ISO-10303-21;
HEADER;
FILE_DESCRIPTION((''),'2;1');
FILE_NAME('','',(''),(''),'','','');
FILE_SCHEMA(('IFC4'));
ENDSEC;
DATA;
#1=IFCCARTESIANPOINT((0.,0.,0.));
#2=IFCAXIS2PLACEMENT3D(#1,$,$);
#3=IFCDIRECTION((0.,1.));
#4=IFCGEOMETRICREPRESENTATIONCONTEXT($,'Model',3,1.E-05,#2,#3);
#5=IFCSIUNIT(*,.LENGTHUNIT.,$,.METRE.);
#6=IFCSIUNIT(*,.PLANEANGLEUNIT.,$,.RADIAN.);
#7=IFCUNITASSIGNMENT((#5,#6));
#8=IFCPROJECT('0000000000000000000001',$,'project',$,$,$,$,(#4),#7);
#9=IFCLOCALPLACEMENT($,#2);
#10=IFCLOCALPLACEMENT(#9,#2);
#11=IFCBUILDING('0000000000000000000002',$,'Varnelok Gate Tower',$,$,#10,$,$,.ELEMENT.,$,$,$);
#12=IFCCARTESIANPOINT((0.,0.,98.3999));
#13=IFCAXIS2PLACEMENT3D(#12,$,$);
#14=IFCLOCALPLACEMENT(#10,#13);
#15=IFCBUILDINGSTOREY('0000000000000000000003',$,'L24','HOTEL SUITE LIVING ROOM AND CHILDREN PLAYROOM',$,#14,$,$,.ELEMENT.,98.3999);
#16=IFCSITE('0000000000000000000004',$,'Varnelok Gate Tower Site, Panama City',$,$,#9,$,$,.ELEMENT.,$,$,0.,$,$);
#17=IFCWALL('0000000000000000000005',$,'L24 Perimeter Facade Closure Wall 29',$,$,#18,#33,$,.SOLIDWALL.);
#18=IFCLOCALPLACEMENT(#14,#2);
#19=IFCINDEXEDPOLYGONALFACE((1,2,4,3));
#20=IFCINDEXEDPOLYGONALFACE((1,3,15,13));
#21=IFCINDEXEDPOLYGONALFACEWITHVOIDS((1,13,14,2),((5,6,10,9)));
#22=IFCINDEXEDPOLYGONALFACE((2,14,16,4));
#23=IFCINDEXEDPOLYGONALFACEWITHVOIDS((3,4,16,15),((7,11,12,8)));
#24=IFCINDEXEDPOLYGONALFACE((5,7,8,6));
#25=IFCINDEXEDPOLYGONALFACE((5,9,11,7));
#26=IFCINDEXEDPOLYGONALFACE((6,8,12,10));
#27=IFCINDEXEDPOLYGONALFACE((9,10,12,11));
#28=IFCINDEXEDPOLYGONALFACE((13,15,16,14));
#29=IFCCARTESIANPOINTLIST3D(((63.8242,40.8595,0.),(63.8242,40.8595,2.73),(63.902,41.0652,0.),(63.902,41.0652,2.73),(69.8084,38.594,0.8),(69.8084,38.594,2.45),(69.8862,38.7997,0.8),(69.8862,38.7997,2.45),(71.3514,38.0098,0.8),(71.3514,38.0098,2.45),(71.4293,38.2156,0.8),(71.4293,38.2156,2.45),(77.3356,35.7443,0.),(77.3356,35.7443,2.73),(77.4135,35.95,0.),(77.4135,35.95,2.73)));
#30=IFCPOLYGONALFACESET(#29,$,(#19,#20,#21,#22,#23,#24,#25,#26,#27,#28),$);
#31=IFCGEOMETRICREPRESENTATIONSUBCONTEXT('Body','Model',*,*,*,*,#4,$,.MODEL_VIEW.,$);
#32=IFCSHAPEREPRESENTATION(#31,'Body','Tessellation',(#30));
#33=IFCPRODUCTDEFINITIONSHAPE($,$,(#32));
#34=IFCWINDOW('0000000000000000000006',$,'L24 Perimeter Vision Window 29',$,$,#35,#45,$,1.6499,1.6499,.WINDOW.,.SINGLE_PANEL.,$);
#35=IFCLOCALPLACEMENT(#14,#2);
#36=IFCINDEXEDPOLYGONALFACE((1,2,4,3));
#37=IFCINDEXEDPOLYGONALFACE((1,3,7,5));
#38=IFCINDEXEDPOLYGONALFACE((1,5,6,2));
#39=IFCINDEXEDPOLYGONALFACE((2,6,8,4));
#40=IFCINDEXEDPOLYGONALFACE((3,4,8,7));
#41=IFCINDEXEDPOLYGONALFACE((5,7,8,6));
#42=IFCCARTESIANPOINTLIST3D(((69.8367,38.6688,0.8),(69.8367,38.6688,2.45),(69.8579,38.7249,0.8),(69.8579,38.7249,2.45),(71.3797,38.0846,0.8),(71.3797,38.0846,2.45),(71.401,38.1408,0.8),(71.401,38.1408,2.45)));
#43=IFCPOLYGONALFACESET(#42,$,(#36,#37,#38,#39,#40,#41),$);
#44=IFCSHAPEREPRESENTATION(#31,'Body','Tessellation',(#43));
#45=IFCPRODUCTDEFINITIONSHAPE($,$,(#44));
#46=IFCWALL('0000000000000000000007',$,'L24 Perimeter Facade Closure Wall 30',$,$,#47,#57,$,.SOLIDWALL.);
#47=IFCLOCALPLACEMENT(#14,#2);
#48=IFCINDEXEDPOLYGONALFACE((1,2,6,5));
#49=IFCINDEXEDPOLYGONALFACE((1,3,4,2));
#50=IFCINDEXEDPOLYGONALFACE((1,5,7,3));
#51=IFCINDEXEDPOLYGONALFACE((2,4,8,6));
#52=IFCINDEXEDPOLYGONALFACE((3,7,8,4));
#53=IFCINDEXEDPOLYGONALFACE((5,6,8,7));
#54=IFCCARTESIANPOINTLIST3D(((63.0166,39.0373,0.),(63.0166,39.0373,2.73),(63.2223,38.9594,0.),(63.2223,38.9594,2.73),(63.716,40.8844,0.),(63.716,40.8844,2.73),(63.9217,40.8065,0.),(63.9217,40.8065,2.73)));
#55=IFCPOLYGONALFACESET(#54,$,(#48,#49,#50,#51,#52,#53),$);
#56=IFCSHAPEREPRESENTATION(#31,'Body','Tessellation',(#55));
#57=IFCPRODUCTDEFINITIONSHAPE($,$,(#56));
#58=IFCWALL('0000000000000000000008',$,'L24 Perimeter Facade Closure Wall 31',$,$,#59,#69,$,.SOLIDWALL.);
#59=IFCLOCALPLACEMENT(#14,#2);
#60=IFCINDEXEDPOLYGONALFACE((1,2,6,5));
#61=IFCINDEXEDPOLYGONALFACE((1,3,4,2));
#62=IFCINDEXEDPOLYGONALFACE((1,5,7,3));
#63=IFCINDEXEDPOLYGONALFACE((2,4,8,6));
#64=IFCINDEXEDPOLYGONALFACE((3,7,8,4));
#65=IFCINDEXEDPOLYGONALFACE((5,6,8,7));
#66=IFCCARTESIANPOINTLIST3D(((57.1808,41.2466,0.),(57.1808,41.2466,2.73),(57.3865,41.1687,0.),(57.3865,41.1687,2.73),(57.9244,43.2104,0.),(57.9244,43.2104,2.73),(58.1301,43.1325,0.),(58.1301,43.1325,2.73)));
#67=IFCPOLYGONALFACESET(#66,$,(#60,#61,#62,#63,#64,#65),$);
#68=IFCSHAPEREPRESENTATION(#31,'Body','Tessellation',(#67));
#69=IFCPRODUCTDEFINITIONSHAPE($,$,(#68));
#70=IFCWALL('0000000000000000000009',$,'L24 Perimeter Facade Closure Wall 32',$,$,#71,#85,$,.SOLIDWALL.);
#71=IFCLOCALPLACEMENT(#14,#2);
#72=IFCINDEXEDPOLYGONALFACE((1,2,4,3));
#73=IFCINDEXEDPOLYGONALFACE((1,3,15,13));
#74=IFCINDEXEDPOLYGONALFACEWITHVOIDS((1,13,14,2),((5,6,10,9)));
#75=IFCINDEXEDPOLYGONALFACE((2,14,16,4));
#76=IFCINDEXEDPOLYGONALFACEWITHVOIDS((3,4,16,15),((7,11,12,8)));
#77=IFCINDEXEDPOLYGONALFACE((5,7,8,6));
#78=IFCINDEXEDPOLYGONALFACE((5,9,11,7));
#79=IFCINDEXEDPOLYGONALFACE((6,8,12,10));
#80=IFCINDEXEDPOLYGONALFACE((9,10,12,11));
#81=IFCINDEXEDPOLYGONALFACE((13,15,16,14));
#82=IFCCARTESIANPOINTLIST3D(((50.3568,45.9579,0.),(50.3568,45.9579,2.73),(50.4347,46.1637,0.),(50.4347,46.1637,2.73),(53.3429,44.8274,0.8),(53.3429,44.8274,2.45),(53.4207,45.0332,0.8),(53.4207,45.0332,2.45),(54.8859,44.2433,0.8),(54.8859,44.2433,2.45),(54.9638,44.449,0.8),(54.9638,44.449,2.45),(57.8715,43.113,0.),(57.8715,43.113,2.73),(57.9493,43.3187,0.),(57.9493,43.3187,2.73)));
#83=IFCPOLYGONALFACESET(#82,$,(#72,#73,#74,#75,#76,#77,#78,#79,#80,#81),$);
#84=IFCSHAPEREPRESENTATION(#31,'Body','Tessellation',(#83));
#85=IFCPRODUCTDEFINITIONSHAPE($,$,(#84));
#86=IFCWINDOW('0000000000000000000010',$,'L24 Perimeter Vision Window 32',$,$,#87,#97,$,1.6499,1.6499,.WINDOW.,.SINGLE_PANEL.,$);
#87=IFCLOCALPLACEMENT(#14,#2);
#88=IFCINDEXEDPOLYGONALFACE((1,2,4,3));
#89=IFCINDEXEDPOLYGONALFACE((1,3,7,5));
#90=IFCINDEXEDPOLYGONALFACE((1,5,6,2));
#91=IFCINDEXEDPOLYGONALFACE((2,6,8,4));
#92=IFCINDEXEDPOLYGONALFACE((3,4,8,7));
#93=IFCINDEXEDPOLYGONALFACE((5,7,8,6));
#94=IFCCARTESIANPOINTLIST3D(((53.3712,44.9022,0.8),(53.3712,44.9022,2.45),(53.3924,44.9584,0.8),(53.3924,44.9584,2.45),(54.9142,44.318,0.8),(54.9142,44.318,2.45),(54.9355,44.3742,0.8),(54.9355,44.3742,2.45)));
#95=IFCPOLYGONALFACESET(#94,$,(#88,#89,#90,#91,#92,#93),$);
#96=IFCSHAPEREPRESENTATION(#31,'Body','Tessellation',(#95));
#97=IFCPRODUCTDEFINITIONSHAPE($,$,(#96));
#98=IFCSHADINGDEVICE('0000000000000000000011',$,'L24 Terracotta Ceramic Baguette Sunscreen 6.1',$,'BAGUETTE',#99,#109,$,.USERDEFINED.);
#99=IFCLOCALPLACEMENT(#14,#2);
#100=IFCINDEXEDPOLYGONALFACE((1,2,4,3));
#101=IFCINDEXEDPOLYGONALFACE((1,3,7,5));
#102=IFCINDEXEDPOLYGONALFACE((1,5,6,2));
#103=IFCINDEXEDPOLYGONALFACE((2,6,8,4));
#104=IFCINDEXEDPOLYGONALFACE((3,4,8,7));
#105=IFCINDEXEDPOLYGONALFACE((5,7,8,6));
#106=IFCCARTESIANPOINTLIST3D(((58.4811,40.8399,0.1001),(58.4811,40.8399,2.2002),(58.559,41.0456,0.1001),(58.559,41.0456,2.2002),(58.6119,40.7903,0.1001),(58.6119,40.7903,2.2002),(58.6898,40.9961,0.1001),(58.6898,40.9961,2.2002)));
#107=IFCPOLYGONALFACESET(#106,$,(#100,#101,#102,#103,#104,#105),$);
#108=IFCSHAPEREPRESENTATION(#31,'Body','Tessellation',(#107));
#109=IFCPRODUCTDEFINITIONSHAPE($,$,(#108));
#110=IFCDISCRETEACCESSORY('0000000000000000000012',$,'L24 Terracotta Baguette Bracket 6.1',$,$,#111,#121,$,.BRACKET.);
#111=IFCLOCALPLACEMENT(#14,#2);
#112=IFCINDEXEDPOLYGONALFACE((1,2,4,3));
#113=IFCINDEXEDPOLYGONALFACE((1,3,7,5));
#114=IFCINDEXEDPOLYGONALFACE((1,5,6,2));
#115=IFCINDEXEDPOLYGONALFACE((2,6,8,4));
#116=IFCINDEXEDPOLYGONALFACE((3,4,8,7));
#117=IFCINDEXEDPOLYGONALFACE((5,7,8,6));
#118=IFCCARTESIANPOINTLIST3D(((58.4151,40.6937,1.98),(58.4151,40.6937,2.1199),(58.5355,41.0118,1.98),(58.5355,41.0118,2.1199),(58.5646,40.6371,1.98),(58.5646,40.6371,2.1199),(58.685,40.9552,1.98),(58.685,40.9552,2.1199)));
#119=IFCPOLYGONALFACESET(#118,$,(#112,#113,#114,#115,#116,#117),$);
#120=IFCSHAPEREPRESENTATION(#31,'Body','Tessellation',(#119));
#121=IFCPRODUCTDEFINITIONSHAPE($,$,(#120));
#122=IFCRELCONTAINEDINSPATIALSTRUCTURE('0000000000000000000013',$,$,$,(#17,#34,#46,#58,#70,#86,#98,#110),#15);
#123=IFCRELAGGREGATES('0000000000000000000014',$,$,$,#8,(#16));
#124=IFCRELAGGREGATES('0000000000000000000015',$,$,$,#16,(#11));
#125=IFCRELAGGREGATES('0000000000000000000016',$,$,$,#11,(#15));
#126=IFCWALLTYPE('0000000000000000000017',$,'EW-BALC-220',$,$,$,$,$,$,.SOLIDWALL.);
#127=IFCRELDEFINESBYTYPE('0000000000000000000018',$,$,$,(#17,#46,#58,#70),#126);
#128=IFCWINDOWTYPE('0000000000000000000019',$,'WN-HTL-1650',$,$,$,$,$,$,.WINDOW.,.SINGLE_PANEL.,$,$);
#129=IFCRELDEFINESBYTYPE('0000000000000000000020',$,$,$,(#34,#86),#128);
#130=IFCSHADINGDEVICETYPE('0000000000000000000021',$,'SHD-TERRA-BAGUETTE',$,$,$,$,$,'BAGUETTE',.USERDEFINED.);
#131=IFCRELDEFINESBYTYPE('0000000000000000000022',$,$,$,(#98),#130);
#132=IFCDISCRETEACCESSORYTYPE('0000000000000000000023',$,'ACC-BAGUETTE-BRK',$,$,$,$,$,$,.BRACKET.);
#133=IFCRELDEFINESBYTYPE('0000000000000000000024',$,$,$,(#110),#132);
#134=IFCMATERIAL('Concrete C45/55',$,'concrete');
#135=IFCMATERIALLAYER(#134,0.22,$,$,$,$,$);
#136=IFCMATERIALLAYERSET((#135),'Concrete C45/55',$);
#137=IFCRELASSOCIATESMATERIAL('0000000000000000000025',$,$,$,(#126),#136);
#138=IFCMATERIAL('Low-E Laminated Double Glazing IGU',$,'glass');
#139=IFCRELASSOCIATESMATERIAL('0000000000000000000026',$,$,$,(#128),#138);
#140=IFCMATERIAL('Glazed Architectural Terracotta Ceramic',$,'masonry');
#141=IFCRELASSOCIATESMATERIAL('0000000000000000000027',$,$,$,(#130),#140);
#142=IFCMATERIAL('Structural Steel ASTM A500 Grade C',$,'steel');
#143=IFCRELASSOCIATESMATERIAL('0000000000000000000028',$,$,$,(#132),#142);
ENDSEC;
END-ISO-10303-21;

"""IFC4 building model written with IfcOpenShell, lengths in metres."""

from ifc_helpers import new_model, si_unit, direction, frame, frame_2d, origin, origin_2d, place, context, subcontext, project, spatial, rectangle, extrude, source, transform, mapped, material, layer, layer_set, type_object, element, fill, save


model = new_model("IFC4")

# Units and contexts
model_context = context("Model", 3, precision=1e-05, world=origin(), true_north=direction((0.0, 1.0)))
body_context = subcontext(model_context, "Body", "Model", "MODEL_VIEW")
ifc_project = project(units=[si_unit("LENGTHUNIT", "METRE"), si_unit("PLANEANGLEUNIT", "RADIAN")], contexts=[model_context])

# Site, building, storey
site_placement = place(None, origin())
site = spatial("IfcSite", under=ifc_project, at=site_placement, Name="Varnelok Gate Tower Site, Panama City", CompositionType="ELEMENT", RefElevation=0.0)
building_placement = place(site_placement, origin())
building = spatial("IfcBuilding", under=site, at=building_placement, Name="Varnelok Gate Tower", CompositionType="ELEMENT")
storey_placement = place(building_placement, frame((0.0, 0.0, 98.3999)))
storey = spatial("IfcBuildingStorey", under=building, at=storey_placement, Name="L24", Description="HOTEL SUITE LIVING ROOM AND CHILDREN PLAYROOM", CompositionType="ELEMENT", Elevation=98.3999)

# Shared definitions
ifc_material_1 = material(Name="Concrete C45/55", Category="concrete")
ifc_layer_1 = layer(ifc_material_1, 0.22)
ifc_layer_set_1 = layer_set([ifc_layer_1], Name="Concrete C45/55")
wall_type = type_object("IfcWallType", Name="EW-BALC-220", PredefinedType="SOLIDWALL", material=ifc_layer_set_1)

# Wall, opening, window
wall_1_placement = place(storey_placement, frame((77.3745, 35.8472, 0.0), z_axis=(0.0, 0.0, 1.0), x_axis=(-0.935222, 0.354061, 0.0)))
wall_1 = element("IfcWall", 1, at=wall_1_placement, inside=storey, type_object=wall_type, Name="L24 Perimeter Facade Closure Wall 29", PredefinedType="SOLIDWALL", context=body_context, shape_type="SweptSolid", body=[
    extrude(rectangle(XDim=14.4473, YDim=0.22, at=frame_2d((7.2236, 0.0))), origin(), (0.0, 0.0, 1.0), 2.73),
])
opening_1_placement = place(wall_1_placement, frame((6.3987, 0.0, 0.8)))
opening_1 = element("IfcOpeningElement", 2, at=opening_1_placement, cuts=wall_1, PredefinedType="OPENING", context=body_context, shape_type="SweptSolid", body=[
    extrude(rectangle(XDim=1.6499, YDim=1.6499, at=frame_2d((0.825, 0.825))), frame((0.0, 0.1199, 0.0), z_axis=(0.0, -1.0, 0.0), x_axis=(1.0, 0.0, 0.0)), (0.0, 0.0, 1.0), 0.24),
])
ifc_material_2 = material(Name="Low-E Laminated Double Glazing IGU", Category="glass")
window_type = type_object("IfcWindowType", Name="WN-HTL-1650", PartitioningType="SINGLE_PANEL", PredefinedType="WINDOW", material=ifc_material_2)
window_1_placement = place(opening_1_placement, origin())
window_1 = element("IfcWindow", 3, at=window_1_placement, inside=storey, type_object=window_type, Name="L24 Perimeter Vision Window 29", OverallHeight=1.6499, OverallWidth=1.6499, PartitioningType="SINGLE_PANEL", PredefinedType="WINDOW", context=body_context, shape_type="SweptSolid", body=[
    extrude(rectangle(XDim=1.6499, YDim=1.6499, at=frame_2d((0.825, 0.825))), frame((0.0, 0.03, 0.0), z_axis=(0.0, -1.0, 0.0), x_axis=(1.0, 0.0, 0.0)), (0.0, 0.0, 1.0), 0.0601),
])
fill(opening_1, window_1)

# Walls
wall_2_placement = place(storey_placement, frame((63.8188, 40.8455, 0.0), z_axis=(0.0, 0.0, 1.0), x_axis=(-0.354129, -0.935197, 0.0)))
element("IfcWall", 4, at=wall_2_placement, inside=storey, type_object=wall_type, Name="L24 Perimeter Facade Closure Wall 30", PredefinedType="SOLIDWALL", context=body_context, shape_type="SweptSolid", body=[
    extrude(rectangle(XDim=1.9751, YDim=0.22, at=frame_2d((0.9875, 0.0))), origin(), (0.0, 0.0, 1.0), 2.73),
])
wall_3_placement = place(storey_placement, frame((57.2837, 41.2078, 0.0), z_axis=(0.0, 0.0, 1.0), x_axis=(0.354128, 0.935197, 0.0)))
element("IfcWall", 5, at=wall_3_placement, inside=storey, type_object=wall_type, Name="L24 Perimeter Facade Closure Wall 31", PredefinedType="SOLIDWALL", context=body_context, shape_type="SweptSolid", body=[
    extrude(rectangle(XDim=2.0999, YDim=0.22, at=frame_2d((1.0498, 0.0))), origin(), (0.0, 0.0, 1.0), 2.73),
])

# Wall, opening, window
wall_4_placement = place(storey_placement, frame((57.9104, 43.2158, 0.0), z_axis=(0.0, 0.0, 1.0), x_axis=(-0.935221, 0.354065, 0.0)))
wall_4 = element("IfcWall", 6, at=wall_4_placement, inside=storey, type_object=wall_type, Name="L24 Perimeter Facade Closure Wall 32", PredefinedType="SOLIDWALL", context=body_context, shape_type="SweptSolid", body=[
    extrude(rectangle(XDim=8.0352, YDim=0.22, at=frame_2d((4.0176, 0.0))), origin(), (0.0, 0.0, 1.0), 2.73),
])
opening_2_placement = place(wall_4_placement, frame((3.1924, 0.0, 0.8)))
opening_2 = element("IfcOpeningElement", 7, at=opening_2_placement, cuts=wall_4, PredefinedType="OPENING", context=body_context, shape_type="SweptSolid", body=[
    extrude(rectangle(XDim=1.6499, YDim=1.6499, at=frame_2d((0.825, 0.825))), frame((0.0, 0.1199, 0.0), z_axis=(0.0, -1.0, 0.0), x_axis=(1.0, 0.0, 0.0)), (0.0, 0.0, 1.0), 0.24),
])
window_2_placement = place(opening_2_placement, origin())
window_2 = element("IfcWindow", 8, at=window_2_placement, inside=storey, type_object=window_type, Name="L24 Perimeter Vision Window 32", OverallHeight=1.6499, OverallWidth=1.6499, PartitioningType="SINGLE_PANEL", PredefinedType="WINDOW", context=body_context, shape_type="SweptSolid", body=[
    extrude(rectangle(XDim=1.6499, YDim=1.6499, at=frame_2d((0.825, 0.825))), frame((0.0, 0.03, 0.0), z_axis=(0.0, -1.0, 0.0), x_axis=(1.0, 0.0, 0.0)), (0.0, 0.0, 1.0), 0.0601),
])
fill(opening_2, window_2)

# Shading device
ifc_material_3 = material(Name="Glazed Architectural Terracotta Ceramic", Category="masonry")
shading_device_type = type_object("IfcShadingDeviceType", Name="SHD-TERRA-BAGUETTE", ElementType="BAGUETTE", PredefinedType="USERDEFINED", material=ifc_material_3)
shared_shape_1 = source(origin(), body_context, "Body", "SweptSolid", [
    extrude(rectangle(XDim=0.1399, YDim=0.22, at=origin_2d()), origin(), (0.0, 0.0, 1.0), 2.1001),
])
shading_device_placement = place(storey_placement, frame((58.5854, 40.918, 0.1001), z_axis=(0.0, 0.0, 1.0), x_axis=(0.935222, -0.354063, 0.0)))
element("IfcShadingDevice", 9, at=shading_device_placement, inside=storey, type_object=shading_device_type, Name="L24 Terracotta Ceramic Baguette Sunscreen 6.1", ObjectType="BAGUETTE", PredefinedType="USERDEFINED", context=body_context, shape_type="MappedRepresentation", body=[
    mapped(shared_shape_1, transform((0.0, 0.0, 0.0), scale=1.0)),
])

# Discrete accessory
ifc_material_4 = material(Name="Structural Steel ASTM A500 Grade C", Category="steel")
discrete_accessory_type = type_object("IfcDiscreteAccessoryType", Name="ACC-BAGUETTE-BRK", PredefinedType="BRACKET", material=ifc_material_4)
shared_shape_2 = source(origin(), body_context, "Body", "SweptSolid", [
    extrude(rectangle(XDim=0.1599, YDim=0.3401, at=origin_2d()), origin(), (0.0, 0.0, 1.0), 0.1399),
])
discrete_accessory_placement = place(storey_placement, frame((58.55, 40.8245, 1.98), z_axis=(0.0, 0.0, 1.0), x_axis=(0.935222, -0.354063, 0.0)))
element("IfcDiscreteAccessory", 10, at=discrete_accessory_placement, inside=storey, type_object=discrete_accessory_type, Name="L24 Terracotta Baguette Bracket 6.1", PredefinedType="BRACKET", context=body_context, shape_type="MappedRepresentation", body=[
    mapped(shared_shape_2, transform((0.0, 0.0, 0.0), scale=1.0)),
])

save(model, "model.ifc")
